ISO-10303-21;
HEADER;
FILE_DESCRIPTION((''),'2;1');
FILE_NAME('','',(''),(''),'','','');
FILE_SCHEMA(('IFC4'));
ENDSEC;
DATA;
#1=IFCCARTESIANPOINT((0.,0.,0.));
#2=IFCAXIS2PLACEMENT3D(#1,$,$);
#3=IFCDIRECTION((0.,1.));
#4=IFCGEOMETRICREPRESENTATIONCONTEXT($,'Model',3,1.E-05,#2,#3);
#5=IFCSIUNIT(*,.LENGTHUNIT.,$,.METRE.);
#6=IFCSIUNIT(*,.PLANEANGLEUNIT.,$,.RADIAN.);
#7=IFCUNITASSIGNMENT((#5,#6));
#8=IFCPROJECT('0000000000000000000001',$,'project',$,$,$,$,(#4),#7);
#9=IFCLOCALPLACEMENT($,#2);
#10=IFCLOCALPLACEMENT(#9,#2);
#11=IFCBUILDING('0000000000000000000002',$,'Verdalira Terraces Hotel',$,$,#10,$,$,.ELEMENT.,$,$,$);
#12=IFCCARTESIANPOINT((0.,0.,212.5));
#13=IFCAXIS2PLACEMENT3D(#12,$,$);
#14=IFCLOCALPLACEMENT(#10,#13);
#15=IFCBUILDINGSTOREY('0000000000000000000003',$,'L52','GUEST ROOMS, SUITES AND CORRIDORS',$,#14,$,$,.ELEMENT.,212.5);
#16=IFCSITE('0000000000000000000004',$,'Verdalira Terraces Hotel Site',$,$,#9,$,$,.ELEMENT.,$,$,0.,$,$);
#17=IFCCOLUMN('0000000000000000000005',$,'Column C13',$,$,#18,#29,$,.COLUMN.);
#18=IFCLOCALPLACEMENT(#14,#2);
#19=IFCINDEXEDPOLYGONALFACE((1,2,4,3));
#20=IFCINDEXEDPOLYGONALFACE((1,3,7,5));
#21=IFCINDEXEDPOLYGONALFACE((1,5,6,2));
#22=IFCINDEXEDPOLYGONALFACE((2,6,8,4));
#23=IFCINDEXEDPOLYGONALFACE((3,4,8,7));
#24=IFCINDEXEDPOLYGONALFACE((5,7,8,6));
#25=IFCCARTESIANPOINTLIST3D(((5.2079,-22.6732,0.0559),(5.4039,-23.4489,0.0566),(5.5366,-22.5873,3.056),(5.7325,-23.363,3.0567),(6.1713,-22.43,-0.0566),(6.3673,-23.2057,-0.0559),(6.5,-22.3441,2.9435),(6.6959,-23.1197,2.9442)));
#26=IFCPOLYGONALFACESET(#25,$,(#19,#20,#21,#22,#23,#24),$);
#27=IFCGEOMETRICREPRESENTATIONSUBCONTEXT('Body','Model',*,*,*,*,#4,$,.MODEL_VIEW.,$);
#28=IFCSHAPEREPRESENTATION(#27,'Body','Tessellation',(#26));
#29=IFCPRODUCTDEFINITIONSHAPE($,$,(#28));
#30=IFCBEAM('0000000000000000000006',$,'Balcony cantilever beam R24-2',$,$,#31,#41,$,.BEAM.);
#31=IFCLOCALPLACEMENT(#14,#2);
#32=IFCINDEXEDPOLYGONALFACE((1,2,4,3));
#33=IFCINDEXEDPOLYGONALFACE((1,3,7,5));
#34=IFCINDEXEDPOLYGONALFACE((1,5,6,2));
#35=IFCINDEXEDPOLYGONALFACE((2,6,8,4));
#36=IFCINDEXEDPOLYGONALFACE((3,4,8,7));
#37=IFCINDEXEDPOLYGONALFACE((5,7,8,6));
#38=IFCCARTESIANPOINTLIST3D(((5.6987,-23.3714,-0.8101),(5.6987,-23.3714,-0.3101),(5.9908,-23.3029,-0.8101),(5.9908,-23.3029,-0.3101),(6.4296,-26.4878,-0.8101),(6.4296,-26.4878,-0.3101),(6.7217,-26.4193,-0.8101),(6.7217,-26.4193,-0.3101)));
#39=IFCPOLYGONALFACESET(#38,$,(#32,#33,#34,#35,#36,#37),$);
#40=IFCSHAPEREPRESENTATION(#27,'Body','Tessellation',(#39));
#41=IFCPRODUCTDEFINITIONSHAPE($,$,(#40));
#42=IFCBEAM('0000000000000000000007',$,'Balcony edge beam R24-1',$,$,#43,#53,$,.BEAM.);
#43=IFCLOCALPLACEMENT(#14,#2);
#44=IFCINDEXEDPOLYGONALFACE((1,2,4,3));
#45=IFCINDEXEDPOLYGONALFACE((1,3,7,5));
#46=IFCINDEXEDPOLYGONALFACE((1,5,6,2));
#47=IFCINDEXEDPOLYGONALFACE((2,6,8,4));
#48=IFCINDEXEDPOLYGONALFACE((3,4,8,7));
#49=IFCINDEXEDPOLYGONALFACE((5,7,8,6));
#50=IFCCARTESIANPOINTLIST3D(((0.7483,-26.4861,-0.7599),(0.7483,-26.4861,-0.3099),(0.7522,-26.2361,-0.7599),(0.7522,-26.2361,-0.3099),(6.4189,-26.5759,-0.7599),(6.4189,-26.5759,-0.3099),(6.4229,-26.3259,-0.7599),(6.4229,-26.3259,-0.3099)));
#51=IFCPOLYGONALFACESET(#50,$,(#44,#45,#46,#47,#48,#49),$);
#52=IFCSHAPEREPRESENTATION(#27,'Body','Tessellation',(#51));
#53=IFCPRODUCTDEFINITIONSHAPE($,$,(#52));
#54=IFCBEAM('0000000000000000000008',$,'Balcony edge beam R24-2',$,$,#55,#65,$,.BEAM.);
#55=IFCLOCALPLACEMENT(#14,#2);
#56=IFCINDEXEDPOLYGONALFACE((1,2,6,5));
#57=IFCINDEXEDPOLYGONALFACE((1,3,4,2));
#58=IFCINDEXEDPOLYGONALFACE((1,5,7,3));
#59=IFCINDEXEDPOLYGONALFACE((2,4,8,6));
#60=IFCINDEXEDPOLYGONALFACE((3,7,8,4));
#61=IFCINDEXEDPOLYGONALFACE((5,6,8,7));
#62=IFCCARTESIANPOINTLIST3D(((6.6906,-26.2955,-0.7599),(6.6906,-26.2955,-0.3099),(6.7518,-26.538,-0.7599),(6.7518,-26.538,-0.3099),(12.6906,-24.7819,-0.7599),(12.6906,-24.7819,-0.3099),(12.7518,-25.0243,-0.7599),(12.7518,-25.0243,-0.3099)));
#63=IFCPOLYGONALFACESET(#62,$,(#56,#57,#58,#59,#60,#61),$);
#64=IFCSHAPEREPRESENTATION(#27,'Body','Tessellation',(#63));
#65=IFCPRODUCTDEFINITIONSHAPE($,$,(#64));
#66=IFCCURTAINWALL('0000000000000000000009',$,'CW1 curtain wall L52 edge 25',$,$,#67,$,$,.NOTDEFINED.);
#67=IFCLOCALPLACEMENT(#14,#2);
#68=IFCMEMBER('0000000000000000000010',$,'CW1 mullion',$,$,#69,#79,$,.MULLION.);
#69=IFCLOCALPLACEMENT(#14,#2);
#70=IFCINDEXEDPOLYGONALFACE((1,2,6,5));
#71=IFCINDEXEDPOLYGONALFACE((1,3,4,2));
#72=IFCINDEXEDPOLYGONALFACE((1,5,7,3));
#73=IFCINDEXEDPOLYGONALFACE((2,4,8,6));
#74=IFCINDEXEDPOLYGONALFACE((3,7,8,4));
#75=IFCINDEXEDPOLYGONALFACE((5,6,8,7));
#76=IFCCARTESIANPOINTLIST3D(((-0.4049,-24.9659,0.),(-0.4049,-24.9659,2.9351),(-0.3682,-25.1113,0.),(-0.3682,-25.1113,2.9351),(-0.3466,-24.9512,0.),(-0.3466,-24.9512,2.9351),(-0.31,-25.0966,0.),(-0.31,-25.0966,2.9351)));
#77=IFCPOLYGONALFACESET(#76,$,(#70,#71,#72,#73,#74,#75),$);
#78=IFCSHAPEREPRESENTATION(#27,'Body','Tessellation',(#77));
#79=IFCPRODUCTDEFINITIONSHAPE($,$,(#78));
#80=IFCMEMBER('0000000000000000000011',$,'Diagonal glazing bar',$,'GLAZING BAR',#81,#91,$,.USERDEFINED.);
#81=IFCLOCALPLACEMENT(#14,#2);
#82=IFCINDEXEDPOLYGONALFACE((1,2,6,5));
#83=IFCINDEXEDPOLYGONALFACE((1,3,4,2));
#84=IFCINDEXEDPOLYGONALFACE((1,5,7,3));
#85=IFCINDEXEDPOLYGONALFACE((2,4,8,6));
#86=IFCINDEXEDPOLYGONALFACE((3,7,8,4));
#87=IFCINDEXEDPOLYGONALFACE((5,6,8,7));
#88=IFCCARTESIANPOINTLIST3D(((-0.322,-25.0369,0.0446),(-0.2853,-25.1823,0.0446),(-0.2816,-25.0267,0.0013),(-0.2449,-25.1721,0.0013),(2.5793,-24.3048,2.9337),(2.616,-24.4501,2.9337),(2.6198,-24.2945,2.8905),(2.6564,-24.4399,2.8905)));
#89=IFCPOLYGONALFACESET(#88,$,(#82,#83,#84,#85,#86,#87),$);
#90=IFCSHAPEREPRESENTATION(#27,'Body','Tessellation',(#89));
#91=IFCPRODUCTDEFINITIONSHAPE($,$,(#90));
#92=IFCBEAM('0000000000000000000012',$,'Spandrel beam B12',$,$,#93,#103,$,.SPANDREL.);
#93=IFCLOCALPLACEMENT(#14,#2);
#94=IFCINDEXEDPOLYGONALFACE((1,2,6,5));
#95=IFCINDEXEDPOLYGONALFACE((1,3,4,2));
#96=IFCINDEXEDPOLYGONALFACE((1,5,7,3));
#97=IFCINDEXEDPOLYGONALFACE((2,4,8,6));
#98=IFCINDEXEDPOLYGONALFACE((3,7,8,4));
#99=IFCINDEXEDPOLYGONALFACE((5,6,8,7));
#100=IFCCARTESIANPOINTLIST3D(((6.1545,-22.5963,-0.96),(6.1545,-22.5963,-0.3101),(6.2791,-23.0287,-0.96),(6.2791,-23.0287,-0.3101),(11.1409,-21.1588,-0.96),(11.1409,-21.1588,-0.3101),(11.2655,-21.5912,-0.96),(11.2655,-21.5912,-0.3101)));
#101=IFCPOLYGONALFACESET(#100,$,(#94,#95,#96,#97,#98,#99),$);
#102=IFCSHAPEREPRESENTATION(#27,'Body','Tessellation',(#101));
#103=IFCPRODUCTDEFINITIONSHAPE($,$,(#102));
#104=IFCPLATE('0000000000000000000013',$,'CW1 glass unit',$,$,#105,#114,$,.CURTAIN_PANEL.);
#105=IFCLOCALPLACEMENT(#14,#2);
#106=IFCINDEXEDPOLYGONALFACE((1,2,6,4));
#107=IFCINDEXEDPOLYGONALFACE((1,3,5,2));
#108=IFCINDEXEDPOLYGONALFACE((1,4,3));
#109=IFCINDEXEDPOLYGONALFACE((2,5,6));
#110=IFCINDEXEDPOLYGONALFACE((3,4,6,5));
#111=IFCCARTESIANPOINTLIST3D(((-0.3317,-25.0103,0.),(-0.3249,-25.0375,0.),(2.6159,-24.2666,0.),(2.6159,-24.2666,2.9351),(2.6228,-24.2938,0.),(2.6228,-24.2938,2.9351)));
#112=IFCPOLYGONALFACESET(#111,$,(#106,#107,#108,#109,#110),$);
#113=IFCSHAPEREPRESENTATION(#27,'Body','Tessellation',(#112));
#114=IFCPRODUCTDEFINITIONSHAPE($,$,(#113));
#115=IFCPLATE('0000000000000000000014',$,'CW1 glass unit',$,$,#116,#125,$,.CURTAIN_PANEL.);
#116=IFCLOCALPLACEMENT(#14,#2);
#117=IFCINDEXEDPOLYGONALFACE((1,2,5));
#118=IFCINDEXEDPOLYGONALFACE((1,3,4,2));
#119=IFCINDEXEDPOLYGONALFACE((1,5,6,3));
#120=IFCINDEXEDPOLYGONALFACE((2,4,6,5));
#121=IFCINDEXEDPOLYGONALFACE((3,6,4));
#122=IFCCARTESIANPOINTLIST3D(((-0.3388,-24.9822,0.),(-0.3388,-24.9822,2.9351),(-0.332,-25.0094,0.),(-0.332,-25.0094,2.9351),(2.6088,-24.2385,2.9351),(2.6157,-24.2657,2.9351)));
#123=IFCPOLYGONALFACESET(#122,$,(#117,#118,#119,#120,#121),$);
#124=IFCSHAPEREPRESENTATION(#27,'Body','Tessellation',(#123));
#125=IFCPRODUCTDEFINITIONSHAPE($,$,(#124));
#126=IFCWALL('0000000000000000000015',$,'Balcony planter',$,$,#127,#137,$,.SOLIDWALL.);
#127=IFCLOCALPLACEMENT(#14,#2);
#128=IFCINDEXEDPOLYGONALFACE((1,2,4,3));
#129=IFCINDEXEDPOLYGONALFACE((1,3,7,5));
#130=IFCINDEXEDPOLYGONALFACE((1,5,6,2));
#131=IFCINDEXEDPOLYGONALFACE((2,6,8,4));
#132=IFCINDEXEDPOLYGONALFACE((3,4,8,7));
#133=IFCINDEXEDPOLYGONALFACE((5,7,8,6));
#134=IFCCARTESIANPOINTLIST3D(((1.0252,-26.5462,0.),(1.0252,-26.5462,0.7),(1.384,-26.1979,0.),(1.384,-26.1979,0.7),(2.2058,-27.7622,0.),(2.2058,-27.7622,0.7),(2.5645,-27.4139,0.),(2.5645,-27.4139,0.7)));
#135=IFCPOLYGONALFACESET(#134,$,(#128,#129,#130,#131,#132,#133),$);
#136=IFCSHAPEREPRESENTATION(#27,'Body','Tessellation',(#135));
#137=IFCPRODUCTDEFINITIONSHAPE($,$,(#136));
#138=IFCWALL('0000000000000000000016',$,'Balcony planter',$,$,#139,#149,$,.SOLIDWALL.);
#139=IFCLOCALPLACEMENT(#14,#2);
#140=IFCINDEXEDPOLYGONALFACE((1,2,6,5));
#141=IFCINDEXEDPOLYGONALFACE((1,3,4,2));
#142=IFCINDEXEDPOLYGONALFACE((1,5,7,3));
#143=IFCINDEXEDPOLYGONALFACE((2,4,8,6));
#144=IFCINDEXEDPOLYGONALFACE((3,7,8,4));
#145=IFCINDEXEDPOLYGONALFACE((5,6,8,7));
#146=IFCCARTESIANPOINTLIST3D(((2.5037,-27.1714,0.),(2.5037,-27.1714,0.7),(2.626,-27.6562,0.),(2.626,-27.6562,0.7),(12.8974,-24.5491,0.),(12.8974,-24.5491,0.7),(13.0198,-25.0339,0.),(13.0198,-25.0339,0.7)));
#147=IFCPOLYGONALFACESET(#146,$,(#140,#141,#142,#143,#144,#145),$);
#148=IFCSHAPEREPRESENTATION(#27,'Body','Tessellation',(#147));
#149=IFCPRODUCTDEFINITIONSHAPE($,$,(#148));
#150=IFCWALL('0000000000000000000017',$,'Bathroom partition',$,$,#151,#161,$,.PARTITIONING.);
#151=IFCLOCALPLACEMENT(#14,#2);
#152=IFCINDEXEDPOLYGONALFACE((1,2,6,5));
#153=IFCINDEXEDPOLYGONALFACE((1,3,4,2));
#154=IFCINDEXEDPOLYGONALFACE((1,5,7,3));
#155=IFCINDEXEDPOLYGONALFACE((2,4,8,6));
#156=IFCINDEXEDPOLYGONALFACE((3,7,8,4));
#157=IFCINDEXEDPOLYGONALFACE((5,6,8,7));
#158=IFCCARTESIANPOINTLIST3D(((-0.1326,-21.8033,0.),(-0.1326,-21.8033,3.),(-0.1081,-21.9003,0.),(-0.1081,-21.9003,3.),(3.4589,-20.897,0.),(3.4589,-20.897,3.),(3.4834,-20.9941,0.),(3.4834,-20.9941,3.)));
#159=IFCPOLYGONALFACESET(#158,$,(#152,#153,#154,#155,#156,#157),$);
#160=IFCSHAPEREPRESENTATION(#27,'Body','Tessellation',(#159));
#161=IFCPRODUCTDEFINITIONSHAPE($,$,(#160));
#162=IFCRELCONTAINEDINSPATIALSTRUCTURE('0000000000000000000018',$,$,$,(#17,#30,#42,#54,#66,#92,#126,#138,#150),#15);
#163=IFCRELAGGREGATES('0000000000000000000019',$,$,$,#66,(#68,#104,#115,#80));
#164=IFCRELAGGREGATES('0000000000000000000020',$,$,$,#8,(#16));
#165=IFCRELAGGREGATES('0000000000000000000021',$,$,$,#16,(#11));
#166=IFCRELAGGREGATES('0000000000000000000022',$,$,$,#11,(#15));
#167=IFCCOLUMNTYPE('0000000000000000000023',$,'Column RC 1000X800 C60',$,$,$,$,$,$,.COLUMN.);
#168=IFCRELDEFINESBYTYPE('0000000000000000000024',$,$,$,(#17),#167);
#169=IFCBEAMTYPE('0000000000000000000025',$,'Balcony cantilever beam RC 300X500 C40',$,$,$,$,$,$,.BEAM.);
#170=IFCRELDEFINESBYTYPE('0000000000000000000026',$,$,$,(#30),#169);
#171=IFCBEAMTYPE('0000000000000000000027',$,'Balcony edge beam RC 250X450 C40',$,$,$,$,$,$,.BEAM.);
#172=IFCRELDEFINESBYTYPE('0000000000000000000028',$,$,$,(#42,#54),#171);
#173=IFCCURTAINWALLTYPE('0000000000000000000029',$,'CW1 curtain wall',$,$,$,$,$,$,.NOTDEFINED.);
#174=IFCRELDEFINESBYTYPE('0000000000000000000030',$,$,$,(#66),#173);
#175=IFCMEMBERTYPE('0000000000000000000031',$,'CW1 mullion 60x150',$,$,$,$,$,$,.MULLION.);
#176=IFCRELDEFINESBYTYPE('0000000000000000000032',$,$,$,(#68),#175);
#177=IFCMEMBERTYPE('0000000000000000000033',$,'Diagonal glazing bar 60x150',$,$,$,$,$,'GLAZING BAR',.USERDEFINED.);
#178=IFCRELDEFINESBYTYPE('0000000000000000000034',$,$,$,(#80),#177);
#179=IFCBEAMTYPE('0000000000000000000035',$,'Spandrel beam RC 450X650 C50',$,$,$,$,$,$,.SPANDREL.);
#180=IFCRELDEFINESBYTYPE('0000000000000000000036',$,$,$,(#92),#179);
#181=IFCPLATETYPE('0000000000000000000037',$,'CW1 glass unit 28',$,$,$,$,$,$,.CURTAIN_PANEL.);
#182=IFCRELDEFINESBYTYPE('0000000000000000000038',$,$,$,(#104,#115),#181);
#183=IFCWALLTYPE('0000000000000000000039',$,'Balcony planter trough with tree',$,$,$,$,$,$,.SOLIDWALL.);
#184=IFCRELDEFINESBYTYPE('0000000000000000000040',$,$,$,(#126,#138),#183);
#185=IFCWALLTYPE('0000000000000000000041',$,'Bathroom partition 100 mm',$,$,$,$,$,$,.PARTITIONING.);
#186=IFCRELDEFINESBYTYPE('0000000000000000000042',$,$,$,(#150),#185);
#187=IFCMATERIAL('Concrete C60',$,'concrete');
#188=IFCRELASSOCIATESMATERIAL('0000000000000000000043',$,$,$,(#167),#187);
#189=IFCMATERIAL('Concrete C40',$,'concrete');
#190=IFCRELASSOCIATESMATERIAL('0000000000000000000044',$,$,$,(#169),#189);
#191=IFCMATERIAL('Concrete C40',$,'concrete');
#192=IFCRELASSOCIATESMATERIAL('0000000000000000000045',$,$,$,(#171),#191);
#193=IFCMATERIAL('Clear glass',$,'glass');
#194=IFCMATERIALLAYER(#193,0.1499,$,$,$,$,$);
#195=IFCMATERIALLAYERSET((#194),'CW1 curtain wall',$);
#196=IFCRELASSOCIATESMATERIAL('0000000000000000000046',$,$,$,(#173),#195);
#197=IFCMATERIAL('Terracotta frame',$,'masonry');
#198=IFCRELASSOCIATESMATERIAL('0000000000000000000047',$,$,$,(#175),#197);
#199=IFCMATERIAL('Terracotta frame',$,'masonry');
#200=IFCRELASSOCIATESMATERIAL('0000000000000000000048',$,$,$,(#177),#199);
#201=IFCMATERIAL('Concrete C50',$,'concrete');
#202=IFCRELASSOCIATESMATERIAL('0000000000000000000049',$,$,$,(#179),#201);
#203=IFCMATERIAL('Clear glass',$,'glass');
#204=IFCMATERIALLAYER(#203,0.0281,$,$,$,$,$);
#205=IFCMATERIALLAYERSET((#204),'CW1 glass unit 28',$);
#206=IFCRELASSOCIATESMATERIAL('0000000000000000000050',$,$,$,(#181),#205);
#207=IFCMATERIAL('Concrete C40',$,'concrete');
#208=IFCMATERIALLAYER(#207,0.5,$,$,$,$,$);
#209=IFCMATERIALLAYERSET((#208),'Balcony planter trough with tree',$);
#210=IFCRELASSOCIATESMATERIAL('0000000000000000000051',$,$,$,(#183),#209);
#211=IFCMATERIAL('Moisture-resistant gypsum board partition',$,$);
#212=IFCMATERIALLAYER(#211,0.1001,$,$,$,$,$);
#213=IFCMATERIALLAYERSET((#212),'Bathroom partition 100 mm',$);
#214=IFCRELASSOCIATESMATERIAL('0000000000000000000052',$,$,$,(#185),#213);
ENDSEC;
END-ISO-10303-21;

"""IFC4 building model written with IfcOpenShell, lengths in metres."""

from ifc_helpers import new_model, si_unit, direction, frame, frame_2d, origin, origin_2d, place, context, subcontext, project, spatial, polyline, rectangle, outline, extrude, material, layer, layer_set, material_profile, profile_set, type_object, element, aggregate, save


model = new_model("IFC4")

# Units and contexts
model_context = context("Model", 3, precision=1e-05, world=origin(), true_north=direction((0.0, 1.0)))
body_context = subcontext(model_context, "Body", "Model", "MODEL_VIEW")
ifc_project = project(units=[si_unit("LENGTHUNIT", "METRE"), si_unit("PLANEANGLEUNIT", "RADIAN")], contexts=[model_context])

# Site, building, storey
site_placement = place(None, origin())
site = spatial("IfcSite", under=ifc_project, at=site_placement, Name="Verdalira Terraces Hotel Site", CompositionType="ELEMENT", RefElevation=0.0)
building_placement = place(site_placement, origin())
building = spatial("IfcBuilding", under=site, at=building_placement, Name="Verdalira Terraces Hotel", CompositionType="ELEMENT")
storey_placement = place(building_placement, frame((0.0, 0.0, 212.5)))
storey = spatial("IfcBuildingStorey", under=building, at=storey_placement, Name="L52", Description="GUEST ROOMS, SUITES AND CORRIDORS", CompositionType="ELEMENT", Elevation=212.5)

# Column
ifc_material_1 = material(Name="Concrete C60", Category="concrete")
ifc_material_profile_1 = material_profile(ifc_material_1, rectangle(XDim=1.0, YDim=0.8, at=origin_2d()), Name="RC 1000X800")
ifc_profile_set_1 = profile_set([ifc_material_profile_1], Name="Concrete C60")
column_type = type_object("IfcColumnType", Name="Column RC 1000X800 C60", PredefinedType="COLUMN", material=ifc_profile_set_1)
column_placement = place(storey_placement, frame((5.7876, -22.9395, 0.0), z_axis=(0.108842, 0.028464, 0.993651), x_axis=(0.963421, 0.243235, -0.112499)))
element("IfcColumn", 1, at=column_placement, inside=storey, type_object=column_type, Name="Column C13", PredefinedType="COLUMN", context=body_context, shape_type="SweptSolid", body=[
    extrude(rectangle(XDim=1.0, YDim=0.8, at=origin_2d()), origin(), (0.0, 0.0, 1.0), 3.0193),
])

# Beams
ifc_material_2 = material(Name="Concrete C40", Category="concrete")
ifc_material_profile_2 = material_profile(ifc_material_2, rectangle(XDim=0.3, YDim=0.5, at=origin_2d()), Name="RC 300X500")
ifc_profile_set_2 = profile_set([ifc_material_profile_2], Name="Concrete C40")
beam_type_1 = type_object("IfcBeamType", Name="Balcony cantilever beam RC 300X500 C40", PredefinedType="BEAM", material=ifc_profile_set_2)
beam_1_placement = place(storey_placement, frame((5.8447, -23.3372, -0.5601), z_axis=(0.228351, -0.973579, 0.0), x_axis=(0.973579, 0.228351, 0.0)))
element("IfcBeam", 2, at=beam_1_placement, inside=storey, type_object=beam_type_1, Name="Balcony cantilever beam R24-2", PredefinedType="BEAM", context=body_context, shape_type="SweptSolid", body=[
    extrude(rectangle(XDim=0.3, YDim=0.5, at=origin_2d()), origin(), (0.0, 0.0, 1.0), 3.2009),
])
ifc_material_3 = material(Name="Concrete C40", Category="concrete")
ifc_material_profile_3 = material_profile(ifc_material_3, rectangle(XDim=0.25, YDim=0.45, at=origin_2d()), Name="RC 250X450")
ifc_profile_set_3 = profile_set([ifc_material_profile_3], Name="Concrete C40")
beam_type_2 = type_object("IfcBeamType", Name="Balcony edge beam RC 250X450 C40", PredefinedType="BEAM", material=ifc_profile_set_3)
beam_2_placement = place(storey_placement, frame((0.7502, -26.3611, -0.5349), z_axis=(0.999875, -0.015842, 0.0), x_axis=(0.015842, 0.999875, 0.0)))
element("IfcBeam", 3, at=beam_2_placement, inside=storey, type_object=beam_type_2, Name="Balcony edge beam R24-1", PredefinedType="BEAM", context=body_context, shape_type="SweptSolid", body=[
    extrude(rectangle(XDim=0.25, YDim=0.45, at=origin_2d()), origin(), (0.0, 0.0, 1.0), 5.6714),
])
beam_3_placement = place(storey_placement, frame((6.7212, -26.4167, -0.5349), z_axis=(0.96962, 0.244615, 0.0), x_axis=(-0.244615, 0.96962, 0.0)))
element("IfcBeam", 4, at=beam_3_placement, inside=storey, type_object=beam_type_2, Name="Balcony edge beam R24-2", PredefinedType="BEAM", context=body_context, shape_type="SweptSolid", body=[
    extrude(rectangle(XDim=0.25, YDim=0.45, at=origin_2d()), origin(), (0.0, 0.0, 1.0), 6.188),
])

# Curtain wall, members
ifc_material_4 = material(Name="Clear glass", Category="glass")
ifc_layer_1 = layer(ifc_material_4, 0.1499)
ifc_layer_set_1 = layer_set([ifc_layer_1], Name="CW1 curtain wall")
curtain_wall_type = type_object("IfcCurtainWallType", Name="CW1 curtain wall", PredefinedType="NOTDEFINED", material=ifc_layer_set_1)
curtain_wall_placement = place(storey_placement, origin())
curtain_wall = element("IfcCurtainWall", 5, at=curtain_wall_placement, inside=storey, type_object=curtain_wall_type, Name="CW1 curtain wall L52 edge 25", PredefinedType="NOTDEFINED")
ifc_material_5 = material(Name="Terracotta frame", Category="masonry")
ifc_material_profile_4 = material_profile(ifc_material_5, rectangle(XDim=0.0601, YDim=0.1499, at=origin_2d()), Name="MU 60x150")
ifc_profile_set_4 = profile_set([ifc_material_profile_4], Name="Terracotta frame")
member_type_1 = type_object("IfcMemberType", Name="CW1 mullion 60x150", PredefinedType="MULLION", material=ifc_profile_set_4)
member_1_placement = place(storey_placement, frame((-0.3574, -25.0312, 0.0), z_axis=(0.0, 0.0, 1.0), x_axis=(0.969616, 0.244631, 0.0)))
member_1 = element("IfcMember", 6, at=member_1_placement, type_object=member_type_1, Name="CW1 mullion", PredefinedType="MULLION", context=body_context, shape_type="SweptSolid", body=[
    extrude(rectangle(XDim=0.0601, YDim=0.1499, at=origin_2d()), origin(), (0.0, 0.0, 1.0), 2.9351),
])
ifc_material_6 = material(Name="Terracotta frame", Category="masonry")
ifc_material_profile_5 = material_profile(ifc_material_6, rectangle(XDim=0.1499, YDim=0.0601, at=origin_2d()), Name="GB 60x150")
ifc_profile_set_5 = profile_set([ifc_material_profile_5], Name="Terracotta frame")
member_type_2 = type_object("IfcMemberType", Name="Diagonal glazing bar 60x150", ElementType="GLAZING BAR", PredefinedType="USERDEFINED", material=ifc_profile_set_5)
member_2_placement = place(storey_placement, frame((-0.2834, -25.1045, 0.0229), z_axis=(0.697531, 0.176026, 0.694597), x_axis=(-0.244685, 0.969603, 0.0)))
member_2 = element("IfcMember", 7, at=member_2_placement, type_object=member_type_2, Name="Diagonal glazing bar", ObjectType="GLAZING BAR", PredefinedType="USERDEFINED", context=body_context, shape_type="SweptSolid", body=[
    extrude(rectangle(XDim=0.1499, YDim=0.0601, at=origin_2d()), origin(), (0.0, 0.0, 1.0), 4.1594),
])

# Beam
ifc_material_7 = material(Name="Concrete C50", Category="concrete")
ifc_material_profile_6 = material_profile(ifc_material_7, rectangle(XDim=0.45, YDim=0.6499, at=origin_2d()), Name="RC 450X650")
ifc_profile_set_6 = profile_set([ifc_material_profile_6], Name="Concrete C50")
beam_type_3 = type_object("IfcBeamType", Name="Spandrel beam RC 450X650 C50", PredefinedType="SPANDREL", material=ifc_profile_set_6)
beam_4_placement = place(storey_placement, frame((6.2168, -22.8125, -0.635), z_axis=(0.960868, 0.277007, 0.0), x_axis=(-0.277007, 0.960868, 0.0)))
element("IfcBeam", 8, at=beam_4_placement, inside=storey, type_object=beam_type_3, Name="Spandrel beam B12", PredefinedType="SPANDREL", context=body_context, shape_type="SweptSolid", body=[
    extrude(rectangle(XDim=0.45, YDim=0.6499, at=origin_2d()), origin(), (0.0, 0.0, 1.0), 5.1895),
])

# Plates
ifc_material_8 = material(Name="Clear glass", Category="glass")
ifc_layer_2 = layer(ifc_material_8, 0.0281)
ifc_layer_set_2 = layer_set([ifc_layer_2], Name="CW1 glass unit 28")
plate_type = type_object("IfcPlateType", Name="CW1 glass unit 28", PredefinedType="CURTAIN_PANEL", material=ifc_layer_set_2)
plate_1_placement = place(storey_placement, frame((1.1421, -24.6384, 1.4675), z_axis=(0.244631, -0.969616, 0.0), x_axis=(0.969616, 0.244631, 0.0)))
plate_1 = element("IfcPlate", 9, at=plate_1_placement, type_object=plate_type, Name="CW1 glass unit", PredefinedType="CURTAIN_PANEL", context=body_context, shape_type="SweptSolid", body=[
    extrude(outline(polyline([(-1.52, -1.4675), (1.52, -1.4675), (1.52, 1.4675), (-1.52, -1.4675)])), origin(), (0.0, 0.0, 1.0), 0.0281),
])
plate_2_placement = place(storey_placement, frame((1.135, -24.6104, 1.4675), z_axis=(0.244631, -0.969616, 0.0), x_axis=(0.969616, 0.244631, 0.0)))
plate_2 = element("IfcPlate", 10, at=plate_2_placement, type_object=plate_type, Name="CW1 glass unit", PredefinedType="CURTAIN_PANEL", context=body_context, shape_type="SweptSolid", body=[
    extrude(outline(polyline([(-1.52, -1.4675), (1.52, 1.4675), (-1.52, 1.4675), (-1.52, -1.4675)])), origin(), (0.0, 0.0, 1.0), 0.0281),
])
aggregate(curtain_wall, [member_1, plate_1, plate_2, member_2])

# Walls
ifc_material_9 = material(Name="Concrete C40", Category="concrete")
ifc_layer_3 = layer(ifc_material_9, 0.5)
ifc_layer_set_3 = layer_set([ifc_layer_3], Name="Balcony planter trough with tree")
wall_type_1 = type_object("IfcWallType", Name="Balcony planter trough with tree", PredefinedType="SOLIDWALL", material=ifc_layer_set_3)
wall_1_placement = place(storey_placement, frame((1.2046, -26.3721, 0.0), z_axis=(0.0, 0.0, 1.0), x_axis=(0.696587, -0.717473, 0.0)))
element("IfcWall", 11, at=wall_1_placement, inside=storey, type_object=wall_type_1, Name="Balcony planter", PredefinedType="SOLIDWALL", context=body_context, shape_type="SweptSolid", body=[
    extrude(rectangle(XDim=1.6948, YDim=0.5, at=frame_2d((0.8474, 0.0))), origin(), (0.0, 0.0, 1.0), 0.7),
])
wall_2_placement = place(storey_placement, frame((2.5647, -27.4138, 0.0), z_axis=(0.0, 0.0, 1.0), x_axis=(0.969616, 0.24463, 0.0)))
element("IfcWall", 12, at=wall_2_placement, inside=storey, type_object=wall_type_1, Name="Balcony planter", PredefinedType="SOLIDWALL", context=body_context, shape_type="SweptSolid", body=[
    extrude(rectangle(XDim=10.7195, YDim=0.5, at=frame_2d((5.3599, 0.0))), origin(), (0.0, 0.0, 1.0), 0.7),
])
ifc_material_10 = material(Name="Moisture-resistant gypsum board partition")
ifc_layer_4 = layer(ifc_material_10, 0.1001)
ifc_layer_set_4 = layer_set([ifc_layer_4], Name="Bathroom partition 100 mm")
wall_type_2 = type_object("IfcWallType", Name="Bathroom partition 100 mm", PredefinedType="PARTITIONING", material=ifc_layer_set_4)
wall_3_placement = place(storey_placement, frame((-0.1204, -21.8518, 0.0), z_axis=(0.0, 0.0, 1.0), x_axis=(0.969609, 0.24466, 0.0)))
element("IfcWall", 13, at=wall_3_placement, inside=storey, type_object=wall_type_2, Name="Bathroom partition", PredefinedType="PARTITIONING", context=body_context, shape_type="SweptSolid", body=[
    extrude(rectangle(XDim=3.7041, YDim=0.1001, at=frame_2d((1.8521, 0.0))), origin(), (0.0, 0.0, 1.0), 3.0),
])

save(model, "model.ifc")
